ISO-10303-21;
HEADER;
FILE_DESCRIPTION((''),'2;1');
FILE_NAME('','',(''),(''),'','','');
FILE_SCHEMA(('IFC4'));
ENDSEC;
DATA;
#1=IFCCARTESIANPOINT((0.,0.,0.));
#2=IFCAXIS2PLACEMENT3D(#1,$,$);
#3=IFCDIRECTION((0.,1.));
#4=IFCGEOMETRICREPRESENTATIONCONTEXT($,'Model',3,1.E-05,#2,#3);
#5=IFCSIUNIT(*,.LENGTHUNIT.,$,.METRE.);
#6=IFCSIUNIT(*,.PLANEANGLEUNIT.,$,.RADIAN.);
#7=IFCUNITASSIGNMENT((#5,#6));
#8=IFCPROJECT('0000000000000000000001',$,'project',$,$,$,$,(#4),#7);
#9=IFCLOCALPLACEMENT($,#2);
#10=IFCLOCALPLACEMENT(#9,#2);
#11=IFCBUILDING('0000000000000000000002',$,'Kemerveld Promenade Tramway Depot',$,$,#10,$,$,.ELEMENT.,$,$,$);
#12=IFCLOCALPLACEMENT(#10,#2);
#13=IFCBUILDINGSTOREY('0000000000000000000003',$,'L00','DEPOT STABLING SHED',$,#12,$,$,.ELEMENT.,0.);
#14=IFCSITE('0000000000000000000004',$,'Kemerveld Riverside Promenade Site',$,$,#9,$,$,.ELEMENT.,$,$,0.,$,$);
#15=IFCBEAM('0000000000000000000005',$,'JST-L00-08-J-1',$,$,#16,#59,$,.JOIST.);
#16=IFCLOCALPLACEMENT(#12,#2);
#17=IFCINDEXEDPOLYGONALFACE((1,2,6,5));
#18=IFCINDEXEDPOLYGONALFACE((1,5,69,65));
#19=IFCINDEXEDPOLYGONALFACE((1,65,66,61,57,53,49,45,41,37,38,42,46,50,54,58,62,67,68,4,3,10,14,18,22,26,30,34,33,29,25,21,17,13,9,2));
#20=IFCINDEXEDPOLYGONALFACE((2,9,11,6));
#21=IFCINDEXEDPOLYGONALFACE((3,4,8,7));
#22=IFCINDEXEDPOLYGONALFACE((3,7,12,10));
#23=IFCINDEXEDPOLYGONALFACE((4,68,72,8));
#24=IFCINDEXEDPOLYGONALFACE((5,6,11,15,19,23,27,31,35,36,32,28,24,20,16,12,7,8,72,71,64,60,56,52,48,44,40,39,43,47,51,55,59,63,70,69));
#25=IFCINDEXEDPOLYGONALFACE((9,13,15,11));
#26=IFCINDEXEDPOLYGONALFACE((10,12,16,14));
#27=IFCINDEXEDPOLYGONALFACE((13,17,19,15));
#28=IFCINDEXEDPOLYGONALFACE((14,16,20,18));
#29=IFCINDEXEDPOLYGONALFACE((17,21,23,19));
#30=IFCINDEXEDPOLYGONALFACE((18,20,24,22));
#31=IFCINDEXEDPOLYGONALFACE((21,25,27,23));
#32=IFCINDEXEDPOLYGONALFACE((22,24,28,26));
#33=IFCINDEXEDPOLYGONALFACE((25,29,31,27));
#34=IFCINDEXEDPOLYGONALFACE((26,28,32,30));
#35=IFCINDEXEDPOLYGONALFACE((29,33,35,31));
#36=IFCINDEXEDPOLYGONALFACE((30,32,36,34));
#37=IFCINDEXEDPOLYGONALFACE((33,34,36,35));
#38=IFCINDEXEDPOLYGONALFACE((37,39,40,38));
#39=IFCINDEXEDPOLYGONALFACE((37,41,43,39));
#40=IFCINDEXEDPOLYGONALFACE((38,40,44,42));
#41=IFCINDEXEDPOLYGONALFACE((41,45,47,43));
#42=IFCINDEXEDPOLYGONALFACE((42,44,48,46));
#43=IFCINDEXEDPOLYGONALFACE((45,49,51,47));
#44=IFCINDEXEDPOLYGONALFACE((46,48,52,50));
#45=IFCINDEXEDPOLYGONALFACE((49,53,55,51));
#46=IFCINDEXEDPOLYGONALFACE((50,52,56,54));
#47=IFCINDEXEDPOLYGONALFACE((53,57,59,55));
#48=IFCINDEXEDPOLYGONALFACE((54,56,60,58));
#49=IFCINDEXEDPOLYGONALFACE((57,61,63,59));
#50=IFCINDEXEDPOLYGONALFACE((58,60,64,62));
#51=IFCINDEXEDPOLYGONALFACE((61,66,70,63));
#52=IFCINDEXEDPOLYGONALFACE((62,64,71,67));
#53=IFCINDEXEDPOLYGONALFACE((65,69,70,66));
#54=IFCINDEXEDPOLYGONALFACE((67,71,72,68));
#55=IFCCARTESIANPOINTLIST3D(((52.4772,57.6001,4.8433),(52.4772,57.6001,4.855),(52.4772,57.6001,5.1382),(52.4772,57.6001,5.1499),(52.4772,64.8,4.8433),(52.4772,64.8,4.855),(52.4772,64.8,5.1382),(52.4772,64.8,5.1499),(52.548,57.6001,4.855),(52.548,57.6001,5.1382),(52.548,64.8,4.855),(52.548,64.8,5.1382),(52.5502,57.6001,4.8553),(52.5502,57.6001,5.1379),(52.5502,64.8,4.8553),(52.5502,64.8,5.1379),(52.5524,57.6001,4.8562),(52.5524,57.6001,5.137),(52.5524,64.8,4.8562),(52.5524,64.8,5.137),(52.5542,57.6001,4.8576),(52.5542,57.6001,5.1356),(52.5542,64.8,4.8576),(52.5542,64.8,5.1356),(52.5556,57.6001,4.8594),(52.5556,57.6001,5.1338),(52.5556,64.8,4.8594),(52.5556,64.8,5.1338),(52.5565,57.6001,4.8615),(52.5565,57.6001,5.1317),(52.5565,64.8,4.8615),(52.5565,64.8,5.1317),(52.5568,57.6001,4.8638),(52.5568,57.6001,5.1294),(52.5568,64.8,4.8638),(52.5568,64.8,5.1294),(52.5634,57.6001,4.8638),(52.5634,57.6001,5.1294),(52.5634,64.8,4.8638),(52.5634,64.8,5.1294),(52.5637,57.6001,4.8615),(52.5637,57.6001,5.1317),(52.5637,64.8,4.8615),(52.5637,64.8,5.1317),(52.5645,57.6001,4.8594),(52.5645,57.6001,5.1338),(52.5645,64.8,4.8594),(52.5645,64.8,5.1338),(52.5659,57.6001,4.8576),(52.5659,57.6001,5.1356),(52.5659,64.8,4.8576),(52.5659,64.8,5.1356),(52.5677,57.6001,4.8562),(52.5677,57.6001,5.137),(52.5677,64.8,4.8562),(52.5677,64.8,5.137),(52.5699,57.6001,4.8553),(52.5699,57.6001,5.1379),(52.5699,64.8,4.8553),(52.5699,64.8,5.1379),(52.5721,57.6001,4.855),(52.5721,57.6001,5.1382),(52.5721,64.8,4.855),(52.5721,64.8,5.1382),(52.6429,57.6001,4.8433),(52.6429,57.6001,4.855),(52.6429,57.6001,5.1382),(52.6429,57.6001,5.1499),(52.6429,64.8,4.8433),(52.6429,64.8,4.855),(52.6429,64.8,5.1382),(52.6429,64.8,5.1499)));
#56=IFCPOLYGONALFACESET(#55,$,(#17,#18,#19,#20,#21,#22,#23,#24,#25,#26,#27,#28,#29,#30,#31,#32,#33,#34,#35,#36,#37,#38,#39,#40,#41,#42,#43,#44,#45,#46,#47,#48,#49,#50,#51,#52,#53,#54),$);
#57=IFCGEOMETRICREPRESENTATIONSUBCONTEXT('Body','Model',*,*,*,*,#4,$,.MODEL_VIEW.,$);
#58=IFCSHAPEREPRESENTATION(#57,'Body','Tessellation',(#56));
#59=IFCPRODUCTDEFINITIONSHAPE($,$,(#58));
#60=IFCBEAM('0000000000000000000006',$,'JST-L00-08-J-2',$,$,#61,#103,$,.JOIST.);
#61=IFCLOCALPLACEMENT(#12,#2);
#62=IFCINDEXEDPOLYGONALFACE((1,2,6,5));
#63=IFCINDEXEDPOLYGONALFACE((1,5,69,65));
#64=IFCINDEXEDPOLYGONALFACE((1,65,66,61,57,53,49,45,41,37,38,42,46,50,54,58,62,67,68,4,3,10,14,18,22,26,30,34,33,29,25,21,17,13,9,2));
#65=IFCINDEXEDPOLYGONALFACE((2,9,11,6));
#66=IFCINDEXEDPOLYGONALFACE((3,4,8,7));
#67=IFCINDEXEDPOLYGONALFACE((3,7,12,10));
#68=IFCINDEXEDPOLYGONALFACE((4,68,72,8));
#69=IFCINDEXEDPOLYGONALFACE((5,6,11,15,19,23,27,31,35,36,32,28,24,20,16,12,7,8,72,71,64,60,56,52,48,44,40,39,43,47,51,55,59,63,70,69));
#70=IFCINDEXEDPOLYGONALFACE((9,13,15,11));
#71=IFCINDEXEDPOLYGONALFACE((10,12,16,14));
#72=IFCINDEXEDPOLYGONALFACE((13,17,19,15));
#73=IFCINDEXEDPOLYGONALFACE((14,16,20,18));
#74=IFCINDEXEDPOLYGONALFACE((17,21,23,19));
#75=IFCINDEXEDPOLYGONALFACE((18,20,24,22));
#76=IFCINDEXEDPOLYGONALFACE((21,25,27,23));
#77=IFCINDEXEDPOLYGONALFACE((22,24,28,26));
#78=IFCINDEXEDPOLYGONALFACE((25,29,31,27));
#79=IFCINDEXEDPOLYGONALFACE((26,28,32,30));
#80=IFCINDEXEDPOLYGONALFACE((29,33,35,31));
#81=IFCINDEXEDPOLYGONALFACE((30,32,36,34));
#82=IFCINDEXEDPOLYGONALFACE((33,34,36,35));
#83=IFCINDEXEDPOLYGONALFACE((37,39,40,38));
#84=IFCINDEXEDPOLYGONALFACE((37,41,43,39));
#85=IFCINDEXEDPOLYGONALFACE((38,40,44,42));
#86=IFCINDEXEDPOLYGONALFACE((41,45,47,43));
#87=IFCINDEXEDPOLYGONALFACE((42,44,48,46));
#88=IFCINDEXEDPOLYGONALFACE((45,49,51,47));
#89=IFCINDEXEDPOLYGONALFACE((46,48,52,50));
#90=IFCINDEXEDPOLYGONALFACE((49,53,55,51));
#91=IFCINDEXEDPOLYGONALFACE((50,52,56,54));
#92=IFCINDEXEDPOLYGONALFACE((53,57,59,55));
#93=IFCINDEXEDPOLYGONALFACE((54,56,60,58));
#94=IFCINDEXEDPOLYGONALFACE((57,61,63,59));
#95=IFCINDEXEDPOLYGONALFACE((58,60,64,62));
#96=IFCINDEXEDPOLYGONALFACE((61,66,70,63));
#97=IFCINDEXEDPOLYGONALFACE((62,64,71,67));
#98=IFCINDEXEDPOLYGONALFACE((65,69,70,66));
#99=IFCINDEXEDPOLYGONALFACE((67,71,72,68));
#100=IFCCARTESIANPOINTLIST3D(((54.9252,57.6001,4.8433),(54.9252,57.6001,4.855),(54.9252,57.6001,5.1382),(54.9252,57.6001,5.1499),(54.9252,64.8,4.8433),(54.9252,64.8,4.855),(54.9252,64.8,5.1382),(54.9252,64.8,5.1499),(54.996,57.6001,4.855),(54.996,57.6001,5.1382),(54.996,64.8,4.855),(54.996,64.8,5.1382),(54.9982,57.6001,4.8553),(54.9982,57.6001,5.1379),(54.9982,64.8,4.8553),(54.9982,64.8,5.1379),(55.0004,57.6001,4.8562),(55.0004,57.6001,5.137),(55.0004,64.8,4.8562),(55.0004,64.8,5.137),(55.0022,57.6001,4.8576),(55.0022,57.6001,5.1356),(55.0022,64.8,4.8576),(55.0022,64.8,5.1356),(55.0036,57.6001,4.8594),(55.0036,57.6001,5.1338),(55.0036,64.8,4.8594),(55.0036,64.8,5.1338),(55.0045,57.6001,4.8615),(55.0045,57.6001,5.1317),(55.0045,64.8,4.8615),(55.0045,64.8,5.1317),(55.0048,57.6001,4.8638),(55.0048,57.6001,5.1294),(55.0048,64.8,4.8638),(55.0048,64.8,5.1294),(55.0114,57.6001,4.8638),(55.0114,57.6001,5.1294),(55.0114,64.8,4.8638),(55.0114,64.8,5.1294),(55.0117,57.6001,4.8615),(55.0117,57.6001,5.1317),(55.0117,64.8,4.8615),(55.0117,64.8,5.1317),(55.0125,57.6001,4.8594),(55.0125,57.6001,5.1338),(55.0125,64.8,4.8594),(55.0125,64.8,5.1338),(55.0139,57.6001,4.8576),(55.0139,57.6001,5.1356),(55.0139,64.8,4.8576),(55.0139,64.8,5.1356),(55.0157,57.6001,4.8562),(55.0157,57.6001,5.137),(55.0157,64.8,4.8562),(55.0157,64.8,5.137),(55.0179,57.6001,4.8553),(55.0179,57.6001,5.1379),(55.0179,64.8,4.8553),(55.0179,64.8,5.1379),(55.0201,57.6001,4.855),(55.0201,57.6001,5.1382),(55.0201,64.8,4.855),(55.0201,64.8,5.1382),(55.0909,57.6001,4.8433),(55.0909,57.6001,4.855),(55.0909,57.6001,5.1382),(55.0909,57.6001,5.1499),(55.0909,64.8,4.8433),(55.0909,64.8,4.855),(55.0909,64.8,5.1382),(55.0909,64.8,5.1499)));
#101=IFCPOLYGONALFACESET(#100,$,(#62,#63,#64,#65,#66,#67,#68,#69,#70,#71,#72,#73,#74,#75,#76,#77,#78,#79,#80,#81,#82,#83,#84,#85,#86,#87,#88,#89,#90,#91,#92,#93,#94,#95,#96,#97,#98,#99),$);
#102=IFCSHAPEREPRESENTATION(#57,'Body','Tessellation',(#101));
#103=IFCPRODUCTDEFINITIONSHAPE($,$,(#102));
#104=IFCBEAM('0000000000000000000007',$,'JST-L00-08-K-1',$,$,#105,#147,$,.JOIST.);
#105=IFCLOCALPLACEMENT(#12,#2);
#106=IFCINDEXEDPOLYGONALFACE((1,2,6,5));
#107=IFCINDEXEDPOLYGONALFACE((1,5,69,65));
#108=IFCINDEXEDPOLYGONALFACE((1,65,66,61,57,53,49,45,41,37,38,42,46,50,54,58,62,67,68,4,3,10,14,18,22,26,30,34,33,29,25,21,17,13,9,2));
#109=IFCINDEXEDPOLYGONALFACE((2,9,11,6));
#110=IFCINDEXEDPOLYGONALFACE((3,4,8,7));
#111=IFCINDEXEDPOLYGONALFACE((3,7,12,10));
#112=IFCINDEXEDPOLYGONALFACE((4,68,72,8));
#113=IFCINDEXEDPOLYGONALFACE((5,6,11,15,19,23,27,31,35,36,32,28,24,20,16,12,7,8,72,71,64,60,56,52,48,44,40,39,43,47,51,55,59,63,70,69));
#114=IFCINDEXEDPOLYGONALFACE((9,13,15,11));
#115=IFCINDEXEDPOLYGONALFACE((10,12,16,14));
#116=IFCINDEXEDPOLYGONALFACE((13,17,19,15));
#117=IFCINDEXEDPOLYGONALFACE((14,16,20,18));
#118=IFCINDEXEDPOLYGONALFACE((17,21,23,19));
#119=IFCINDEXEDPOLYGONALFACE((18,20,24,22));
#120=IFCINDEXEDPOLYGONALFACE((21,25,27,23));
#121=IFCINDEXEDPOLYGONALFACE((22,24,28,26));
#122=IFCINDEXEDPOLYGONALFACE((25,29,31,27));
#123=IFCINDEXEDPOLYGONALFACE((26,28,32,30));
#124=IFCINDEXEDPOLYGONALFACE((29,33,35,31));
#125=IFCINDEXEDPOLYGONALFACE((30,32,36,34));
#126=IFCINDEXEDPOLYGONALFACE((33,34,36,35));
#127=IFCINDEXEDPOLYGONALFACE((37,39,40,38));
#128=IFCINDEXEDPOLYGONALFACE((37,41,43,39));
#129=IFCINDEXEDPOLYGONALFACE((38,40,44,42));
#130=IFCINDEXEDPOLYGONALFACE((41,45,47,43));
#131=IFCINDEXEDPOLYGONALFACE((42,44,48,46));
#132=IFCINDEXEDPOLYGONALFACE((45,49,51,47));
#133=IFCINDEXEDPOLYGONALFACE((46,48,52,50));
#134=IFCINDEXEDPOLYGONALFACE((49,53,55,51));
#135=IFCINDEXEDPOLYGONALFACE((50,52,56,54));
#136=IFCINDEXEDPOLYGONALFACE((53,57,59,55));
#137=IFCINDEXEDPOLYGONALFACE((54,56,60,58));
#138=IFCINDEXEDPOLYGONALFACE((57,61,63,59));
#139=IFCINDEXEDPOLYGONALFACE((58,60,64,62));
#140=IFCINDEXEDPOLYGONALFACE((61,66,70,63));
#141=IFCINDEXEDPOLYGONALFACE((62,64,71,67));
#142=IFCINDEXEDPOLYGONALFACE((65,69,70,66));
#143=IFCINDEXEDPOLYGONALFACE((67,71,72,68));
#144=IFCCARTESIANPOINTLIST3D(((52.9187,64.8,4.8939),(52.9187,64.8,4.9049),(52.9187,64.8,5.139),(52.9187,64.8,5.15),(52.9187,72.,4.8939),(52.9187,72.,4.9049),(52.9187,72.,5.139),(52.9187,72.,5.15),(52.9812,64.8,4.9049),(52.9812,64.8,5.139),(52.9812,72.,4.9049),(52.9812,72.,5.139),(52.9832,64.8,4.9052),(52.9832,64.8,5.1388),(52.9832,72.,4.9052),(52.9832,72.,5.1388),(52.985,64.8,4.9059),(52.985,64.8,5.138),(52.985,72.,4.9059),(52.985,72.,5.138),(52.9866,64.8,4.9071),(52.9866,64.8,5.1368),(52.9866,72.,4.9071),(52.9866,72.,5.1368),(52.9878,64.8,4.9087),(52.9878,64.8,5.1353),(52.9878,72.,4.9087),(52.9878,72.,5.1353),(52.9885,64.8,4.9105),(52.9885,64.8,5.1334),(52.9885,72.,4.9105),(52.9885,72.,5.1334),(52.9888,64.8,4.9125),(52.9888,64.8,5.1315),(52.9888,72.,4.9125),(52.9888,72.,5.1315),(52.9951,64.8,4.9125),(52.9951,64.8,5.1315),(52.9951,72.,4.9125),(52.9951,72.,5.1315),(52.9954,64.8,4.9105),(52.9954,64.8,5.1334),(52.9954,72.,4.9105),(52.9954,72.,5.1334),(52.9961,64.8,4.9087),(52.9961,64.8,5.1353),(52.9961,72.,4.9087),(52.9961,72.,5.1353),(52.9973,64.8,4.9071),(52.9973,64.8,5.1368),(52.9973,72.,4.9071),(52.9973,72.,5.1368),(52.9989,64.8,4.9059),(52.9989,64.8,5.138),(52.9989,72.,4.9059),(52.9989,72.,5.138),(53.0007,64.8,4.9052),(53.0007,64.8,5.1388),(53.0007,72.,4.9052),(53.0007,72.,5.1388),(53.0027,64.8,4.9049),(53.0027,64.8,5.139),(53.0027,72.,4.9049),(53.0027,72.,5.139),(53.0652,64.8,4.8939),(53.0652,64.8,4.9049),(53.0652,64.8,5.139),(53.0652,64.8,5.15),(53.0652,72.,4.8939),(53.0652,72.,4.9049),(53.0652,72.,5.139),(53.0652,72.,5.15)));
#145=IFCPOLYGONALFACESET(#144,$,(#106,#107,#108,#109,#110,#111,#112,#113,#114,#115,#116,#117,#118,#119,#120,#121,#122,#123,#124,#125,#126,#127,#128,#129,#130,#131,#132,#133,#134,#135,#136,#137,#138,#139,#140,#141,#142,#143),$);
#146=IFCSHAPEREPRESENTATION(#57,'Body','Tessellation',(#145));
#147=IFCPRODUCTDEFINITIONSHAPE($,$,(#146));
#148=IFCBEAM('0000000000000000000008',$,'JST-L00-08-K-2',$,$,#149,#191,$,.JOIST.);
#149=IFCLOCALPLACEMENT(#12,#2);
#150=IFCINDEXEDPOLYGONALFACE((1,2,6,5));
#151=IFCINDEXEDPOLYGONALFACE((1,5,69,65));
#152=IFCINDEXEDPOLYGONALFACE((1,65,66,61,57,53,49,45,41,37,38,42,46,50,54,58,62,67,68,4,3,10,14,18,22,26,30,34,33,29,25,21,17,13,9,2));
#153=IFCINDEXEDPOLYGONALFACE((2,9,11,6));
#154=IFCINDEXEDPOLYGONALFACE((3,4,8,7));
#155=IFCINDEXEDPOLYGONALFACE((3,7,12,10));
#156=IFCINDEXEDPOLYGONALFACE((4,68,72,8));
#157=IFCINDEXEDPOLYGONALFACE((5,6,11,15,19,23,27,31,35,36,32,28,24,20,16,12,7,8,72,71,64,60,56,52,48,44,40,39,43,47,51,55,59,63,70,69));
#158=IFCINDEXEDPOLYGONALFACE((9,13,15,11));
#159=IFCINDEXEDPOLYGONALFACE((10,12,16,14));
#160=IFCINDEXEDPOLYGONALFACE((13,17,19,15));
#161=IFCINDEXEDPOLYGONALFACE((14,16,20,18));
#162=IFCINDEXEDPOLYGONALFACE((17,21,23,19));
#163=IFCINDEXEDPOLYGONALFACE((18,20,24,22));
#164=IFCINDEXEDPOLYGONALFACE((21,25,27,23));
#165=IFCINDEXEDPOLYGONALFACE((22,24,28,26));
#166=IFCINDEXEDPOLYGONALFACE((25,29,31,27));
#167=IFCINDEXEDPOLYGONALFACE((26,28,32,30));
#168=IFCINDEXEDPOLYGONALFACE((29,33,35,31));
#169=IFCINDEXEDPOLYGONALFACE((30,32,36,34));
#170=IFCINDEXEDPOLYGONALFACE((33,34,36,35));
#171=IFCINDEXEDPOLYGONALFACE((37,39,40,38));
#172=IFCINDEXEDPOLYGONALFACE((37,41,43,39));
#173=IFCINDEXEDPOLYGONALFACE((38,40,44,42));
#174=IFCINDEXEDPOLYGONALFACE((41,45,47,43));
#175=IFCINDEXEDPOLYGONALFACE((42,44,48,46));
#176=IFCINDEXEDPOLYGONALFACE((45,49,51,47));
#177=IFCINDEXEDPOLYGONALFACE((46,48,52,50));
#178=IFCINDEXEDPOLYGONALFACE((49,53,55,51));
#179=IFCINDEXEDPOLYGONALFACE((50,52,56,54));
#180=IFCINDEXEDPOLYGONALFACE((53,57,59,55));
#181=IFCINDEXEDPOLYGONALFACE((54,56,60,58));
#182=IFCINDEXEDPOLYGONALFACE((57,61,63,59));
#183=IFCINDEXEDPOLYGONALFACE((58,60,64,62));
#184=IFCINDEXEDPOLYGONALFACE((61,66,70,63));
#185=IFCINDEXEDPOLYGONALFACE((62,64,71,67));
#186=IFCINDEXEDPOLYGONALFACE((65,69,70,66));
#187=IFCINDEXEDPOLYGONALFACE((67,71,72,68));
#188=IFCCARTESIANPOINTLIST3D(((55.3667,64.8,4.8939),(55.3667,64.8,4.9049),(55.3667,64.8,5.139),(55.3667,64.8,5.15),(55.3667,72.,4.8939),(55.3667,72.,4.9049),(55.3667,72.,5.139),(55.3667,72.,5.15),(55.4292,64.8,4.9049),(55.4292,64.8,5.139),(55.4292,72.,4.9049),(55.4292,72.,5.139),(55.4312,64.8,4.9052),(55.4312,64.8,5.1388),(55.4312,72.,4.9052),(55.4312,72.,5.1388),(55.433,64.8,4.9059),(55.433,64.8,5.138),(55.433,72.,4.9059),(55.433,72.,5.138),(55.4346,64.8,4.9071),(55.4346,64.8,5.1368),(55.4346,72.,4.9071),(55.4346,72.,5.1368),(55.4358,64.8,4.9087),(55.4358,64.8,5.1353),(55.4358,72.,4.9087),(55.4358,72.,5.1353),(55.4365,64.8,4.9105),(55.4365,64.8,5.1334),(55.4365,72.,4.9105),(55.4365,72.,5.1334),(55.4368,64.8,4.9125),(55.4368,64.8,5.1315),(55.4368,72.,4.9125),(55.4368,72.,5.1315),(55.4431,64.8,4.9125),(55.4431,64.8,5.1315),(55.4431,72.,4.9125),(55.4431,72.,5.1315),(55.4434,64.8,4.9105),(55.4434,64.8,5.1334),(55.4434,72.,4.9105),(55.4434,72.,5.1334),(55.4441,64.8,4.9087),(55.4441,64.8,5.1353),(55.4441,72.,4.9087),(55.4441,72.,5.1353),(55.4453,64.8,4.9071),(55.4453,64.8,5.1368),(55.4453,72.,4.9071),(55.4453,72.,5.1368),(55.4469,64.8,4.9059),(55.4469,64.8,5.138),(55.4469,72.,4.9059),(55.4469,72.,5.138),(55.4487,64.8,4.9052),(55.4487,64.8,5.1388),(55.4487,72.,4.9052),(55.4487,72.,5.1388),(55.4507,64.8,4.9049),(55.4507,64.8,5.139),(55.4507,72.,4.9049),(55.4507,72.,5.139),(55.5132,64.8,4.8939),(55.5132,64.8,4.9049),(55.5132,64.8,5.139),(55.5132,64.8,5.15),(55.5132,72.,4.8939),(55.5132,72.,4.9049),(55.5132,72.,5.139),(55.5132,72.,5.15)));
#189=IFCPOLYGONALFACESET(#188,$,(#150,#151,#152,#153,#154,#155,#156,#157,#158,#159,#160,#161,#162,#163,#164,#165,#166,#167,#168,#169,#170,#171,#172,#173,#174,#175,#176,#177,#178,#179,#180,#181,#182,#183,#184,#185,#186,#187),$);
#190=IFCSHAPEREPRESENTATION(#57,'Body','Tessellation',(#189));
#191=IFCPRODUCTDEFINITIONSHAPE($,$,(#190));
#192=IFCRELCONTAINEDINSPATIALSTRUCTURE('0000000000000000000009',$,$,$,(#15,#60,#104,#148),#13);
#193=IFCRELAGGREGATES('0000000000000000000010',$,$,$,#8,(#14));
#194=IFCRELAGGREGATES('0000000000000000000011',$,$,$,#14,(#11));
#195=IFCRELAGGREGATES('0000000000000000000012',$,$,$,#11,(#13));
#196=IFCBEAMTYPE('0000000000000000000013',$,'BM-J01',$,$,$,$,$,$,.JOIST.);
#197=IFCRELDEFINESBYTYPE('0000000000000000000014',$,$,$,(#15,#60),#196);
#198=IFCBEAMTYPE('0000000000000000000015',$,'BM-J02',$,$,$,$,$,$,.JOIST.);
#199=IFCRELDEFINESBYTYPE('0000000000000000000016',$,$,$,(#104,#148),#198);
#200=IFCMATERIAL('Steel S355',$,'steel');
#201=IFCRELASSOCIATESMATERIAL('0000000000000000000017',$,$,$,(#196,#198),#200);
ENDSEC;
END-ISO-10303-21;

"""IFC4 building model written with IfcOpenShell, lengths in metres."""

from ifc_helpers import new_model, si_unit, direction, frame, origin, origin_2d, place, context, subcontext, project, spatial, i_section, extrude, material, material_profile, profile_set, type_object, element, save


model = new_model("IFC4")

# Units and contexts
model_context = context("Model", 3, precision=1e-05, world=origin(), true_north=direction((0.0, 1.0)))
body_context = subcontext(model_context, "Body", "Model", "MODEL_VIEW")
ifc_project = project(units=[si_unit("LENGTHUNIT", "METRE"), si_unit("PLANEANGLEUNIT", "RADIAN")], contexts=[model_context])

# Site, building, storey
site_placement = place(None, origin())
site = spatial("IfcSite", under=ifc_project, at=site_placement, Name="Kemerveld Riverside Promenade Site", CompositionType="ELEMENT", RefElevation=0.0)
building_placement = place(site_placement, origin())
building = spatial("IfcBuilding", under=site, at=building_placement, Name="Kemerveld Promenade Tramway Depot", CompositionType="ELEMENT")
storey_placement = place(building_placement, origin())
storey = spatial("IfcBuildingStorey", under=building, at=storey_placement, Name="L00", Description="DEPOT STABLING SHED", CompositionType="ELEMENT", Elevation=0.0)

# Shared definitions
ifc_material_1 = material(Name="Steel S355", Category="steel")

# Beams
ifc_material_profile_1 = material_profile(ifc_material_1, i_section(OverallWidth=0.1658, OverallDepth=0.3066, WebThickness=0.0066, FlangeThickness=0.0117, FilletRadius=0.0088, at=origin_2d()), Name="305x165x46 UB")
ifc_profile_set_1 = profile_set([ifc_material_profile_1], Name="Steel S355")
beam_type_1 = type_object("IfcBeamType", Name="BM-J01", PredefinedType="JOIST", material=ifc_profile_set_1)
for number, where, z_axis, x_axis, name in (
    (1, (52.5601, 57.6001, 4.9966), (0.0, 1.0, 0.0), (-1.0, 0.0, 0.0), "JST-L00-08-J-1"),
    (2, (55.0081, 57.6001, 4.9966), (0.0, 1.0, 0.0), (-1.0, 0.0, 0.0), "JST-L00-08-J-2"),
):
    element("IfcBeam", number, at=place(storey_placement, frame(where, z_axis=z_axis, x_axis=x_axis)), inside=storey, type_object=beam_type_1, Name=name, PredefinedType="JOIST", context=body_context, shape_type="SweptSolid", body=[
        extrude(i_section(OverallWidth=0.1658, OverallDepth=0.3066, WebThickness=0.0066, FlangeThickness=0.0117, FilletRadius=0.0088, at=origin_2d()), origin(), (0.0, 0.0, 1.0), 7.2),
    ])
ifc_material_profile_2 = material_profile(ifc_material_1, i_section(OverallWidth=0.1465, OverallDepth=0.2561, WebThickness=0.0063, FlangeThickness=0.011, FilletRadius=0.0076, at=origin_2d()), Name="254x146x37 UB")
ifc_profile_set_2 = profile_set([ifc_material_profile_2], Name="Steel S355")
beam_type_2 = type_object("IfcBeamType", Name="BM-J02", PredefinedType="JOIST", material=ifc_profile_set_2)
for number, where, z_axis, x_axis, name in (
    (3, (52.9919, 64.8, 5.022), (0.0, 1.0, 0.0), (-1.0, 0.0, 0.0), "JST-L00-08-K-1"),
    (4, (55.4399, 64.8, 5.022), (0.0, 1.0, 0.0), (-1.0, 0.0, 0.0), "JST-L00-08-K-2"),
):
    element("IfcBeam", number, at=place(storey_placement, frame(where, z_axis=z_axis, x_axis=x_axis)), inside=storey, type_object=beam_type_2, Name=name, PredefinedType="JOIST", context=body_context, shape_type="SweptSolid", body=[
        extrude(i_section(OverallWidth=0.1465, OverallDepth=0.2561, WebThickness=0.0063, FlangeThickness=0.011, FilletRadius=0.0076, at=origin_2d()), origin(), (0.0, 0.0, 1.0), 7.2),
    ])

save(model, "model.ifc")
